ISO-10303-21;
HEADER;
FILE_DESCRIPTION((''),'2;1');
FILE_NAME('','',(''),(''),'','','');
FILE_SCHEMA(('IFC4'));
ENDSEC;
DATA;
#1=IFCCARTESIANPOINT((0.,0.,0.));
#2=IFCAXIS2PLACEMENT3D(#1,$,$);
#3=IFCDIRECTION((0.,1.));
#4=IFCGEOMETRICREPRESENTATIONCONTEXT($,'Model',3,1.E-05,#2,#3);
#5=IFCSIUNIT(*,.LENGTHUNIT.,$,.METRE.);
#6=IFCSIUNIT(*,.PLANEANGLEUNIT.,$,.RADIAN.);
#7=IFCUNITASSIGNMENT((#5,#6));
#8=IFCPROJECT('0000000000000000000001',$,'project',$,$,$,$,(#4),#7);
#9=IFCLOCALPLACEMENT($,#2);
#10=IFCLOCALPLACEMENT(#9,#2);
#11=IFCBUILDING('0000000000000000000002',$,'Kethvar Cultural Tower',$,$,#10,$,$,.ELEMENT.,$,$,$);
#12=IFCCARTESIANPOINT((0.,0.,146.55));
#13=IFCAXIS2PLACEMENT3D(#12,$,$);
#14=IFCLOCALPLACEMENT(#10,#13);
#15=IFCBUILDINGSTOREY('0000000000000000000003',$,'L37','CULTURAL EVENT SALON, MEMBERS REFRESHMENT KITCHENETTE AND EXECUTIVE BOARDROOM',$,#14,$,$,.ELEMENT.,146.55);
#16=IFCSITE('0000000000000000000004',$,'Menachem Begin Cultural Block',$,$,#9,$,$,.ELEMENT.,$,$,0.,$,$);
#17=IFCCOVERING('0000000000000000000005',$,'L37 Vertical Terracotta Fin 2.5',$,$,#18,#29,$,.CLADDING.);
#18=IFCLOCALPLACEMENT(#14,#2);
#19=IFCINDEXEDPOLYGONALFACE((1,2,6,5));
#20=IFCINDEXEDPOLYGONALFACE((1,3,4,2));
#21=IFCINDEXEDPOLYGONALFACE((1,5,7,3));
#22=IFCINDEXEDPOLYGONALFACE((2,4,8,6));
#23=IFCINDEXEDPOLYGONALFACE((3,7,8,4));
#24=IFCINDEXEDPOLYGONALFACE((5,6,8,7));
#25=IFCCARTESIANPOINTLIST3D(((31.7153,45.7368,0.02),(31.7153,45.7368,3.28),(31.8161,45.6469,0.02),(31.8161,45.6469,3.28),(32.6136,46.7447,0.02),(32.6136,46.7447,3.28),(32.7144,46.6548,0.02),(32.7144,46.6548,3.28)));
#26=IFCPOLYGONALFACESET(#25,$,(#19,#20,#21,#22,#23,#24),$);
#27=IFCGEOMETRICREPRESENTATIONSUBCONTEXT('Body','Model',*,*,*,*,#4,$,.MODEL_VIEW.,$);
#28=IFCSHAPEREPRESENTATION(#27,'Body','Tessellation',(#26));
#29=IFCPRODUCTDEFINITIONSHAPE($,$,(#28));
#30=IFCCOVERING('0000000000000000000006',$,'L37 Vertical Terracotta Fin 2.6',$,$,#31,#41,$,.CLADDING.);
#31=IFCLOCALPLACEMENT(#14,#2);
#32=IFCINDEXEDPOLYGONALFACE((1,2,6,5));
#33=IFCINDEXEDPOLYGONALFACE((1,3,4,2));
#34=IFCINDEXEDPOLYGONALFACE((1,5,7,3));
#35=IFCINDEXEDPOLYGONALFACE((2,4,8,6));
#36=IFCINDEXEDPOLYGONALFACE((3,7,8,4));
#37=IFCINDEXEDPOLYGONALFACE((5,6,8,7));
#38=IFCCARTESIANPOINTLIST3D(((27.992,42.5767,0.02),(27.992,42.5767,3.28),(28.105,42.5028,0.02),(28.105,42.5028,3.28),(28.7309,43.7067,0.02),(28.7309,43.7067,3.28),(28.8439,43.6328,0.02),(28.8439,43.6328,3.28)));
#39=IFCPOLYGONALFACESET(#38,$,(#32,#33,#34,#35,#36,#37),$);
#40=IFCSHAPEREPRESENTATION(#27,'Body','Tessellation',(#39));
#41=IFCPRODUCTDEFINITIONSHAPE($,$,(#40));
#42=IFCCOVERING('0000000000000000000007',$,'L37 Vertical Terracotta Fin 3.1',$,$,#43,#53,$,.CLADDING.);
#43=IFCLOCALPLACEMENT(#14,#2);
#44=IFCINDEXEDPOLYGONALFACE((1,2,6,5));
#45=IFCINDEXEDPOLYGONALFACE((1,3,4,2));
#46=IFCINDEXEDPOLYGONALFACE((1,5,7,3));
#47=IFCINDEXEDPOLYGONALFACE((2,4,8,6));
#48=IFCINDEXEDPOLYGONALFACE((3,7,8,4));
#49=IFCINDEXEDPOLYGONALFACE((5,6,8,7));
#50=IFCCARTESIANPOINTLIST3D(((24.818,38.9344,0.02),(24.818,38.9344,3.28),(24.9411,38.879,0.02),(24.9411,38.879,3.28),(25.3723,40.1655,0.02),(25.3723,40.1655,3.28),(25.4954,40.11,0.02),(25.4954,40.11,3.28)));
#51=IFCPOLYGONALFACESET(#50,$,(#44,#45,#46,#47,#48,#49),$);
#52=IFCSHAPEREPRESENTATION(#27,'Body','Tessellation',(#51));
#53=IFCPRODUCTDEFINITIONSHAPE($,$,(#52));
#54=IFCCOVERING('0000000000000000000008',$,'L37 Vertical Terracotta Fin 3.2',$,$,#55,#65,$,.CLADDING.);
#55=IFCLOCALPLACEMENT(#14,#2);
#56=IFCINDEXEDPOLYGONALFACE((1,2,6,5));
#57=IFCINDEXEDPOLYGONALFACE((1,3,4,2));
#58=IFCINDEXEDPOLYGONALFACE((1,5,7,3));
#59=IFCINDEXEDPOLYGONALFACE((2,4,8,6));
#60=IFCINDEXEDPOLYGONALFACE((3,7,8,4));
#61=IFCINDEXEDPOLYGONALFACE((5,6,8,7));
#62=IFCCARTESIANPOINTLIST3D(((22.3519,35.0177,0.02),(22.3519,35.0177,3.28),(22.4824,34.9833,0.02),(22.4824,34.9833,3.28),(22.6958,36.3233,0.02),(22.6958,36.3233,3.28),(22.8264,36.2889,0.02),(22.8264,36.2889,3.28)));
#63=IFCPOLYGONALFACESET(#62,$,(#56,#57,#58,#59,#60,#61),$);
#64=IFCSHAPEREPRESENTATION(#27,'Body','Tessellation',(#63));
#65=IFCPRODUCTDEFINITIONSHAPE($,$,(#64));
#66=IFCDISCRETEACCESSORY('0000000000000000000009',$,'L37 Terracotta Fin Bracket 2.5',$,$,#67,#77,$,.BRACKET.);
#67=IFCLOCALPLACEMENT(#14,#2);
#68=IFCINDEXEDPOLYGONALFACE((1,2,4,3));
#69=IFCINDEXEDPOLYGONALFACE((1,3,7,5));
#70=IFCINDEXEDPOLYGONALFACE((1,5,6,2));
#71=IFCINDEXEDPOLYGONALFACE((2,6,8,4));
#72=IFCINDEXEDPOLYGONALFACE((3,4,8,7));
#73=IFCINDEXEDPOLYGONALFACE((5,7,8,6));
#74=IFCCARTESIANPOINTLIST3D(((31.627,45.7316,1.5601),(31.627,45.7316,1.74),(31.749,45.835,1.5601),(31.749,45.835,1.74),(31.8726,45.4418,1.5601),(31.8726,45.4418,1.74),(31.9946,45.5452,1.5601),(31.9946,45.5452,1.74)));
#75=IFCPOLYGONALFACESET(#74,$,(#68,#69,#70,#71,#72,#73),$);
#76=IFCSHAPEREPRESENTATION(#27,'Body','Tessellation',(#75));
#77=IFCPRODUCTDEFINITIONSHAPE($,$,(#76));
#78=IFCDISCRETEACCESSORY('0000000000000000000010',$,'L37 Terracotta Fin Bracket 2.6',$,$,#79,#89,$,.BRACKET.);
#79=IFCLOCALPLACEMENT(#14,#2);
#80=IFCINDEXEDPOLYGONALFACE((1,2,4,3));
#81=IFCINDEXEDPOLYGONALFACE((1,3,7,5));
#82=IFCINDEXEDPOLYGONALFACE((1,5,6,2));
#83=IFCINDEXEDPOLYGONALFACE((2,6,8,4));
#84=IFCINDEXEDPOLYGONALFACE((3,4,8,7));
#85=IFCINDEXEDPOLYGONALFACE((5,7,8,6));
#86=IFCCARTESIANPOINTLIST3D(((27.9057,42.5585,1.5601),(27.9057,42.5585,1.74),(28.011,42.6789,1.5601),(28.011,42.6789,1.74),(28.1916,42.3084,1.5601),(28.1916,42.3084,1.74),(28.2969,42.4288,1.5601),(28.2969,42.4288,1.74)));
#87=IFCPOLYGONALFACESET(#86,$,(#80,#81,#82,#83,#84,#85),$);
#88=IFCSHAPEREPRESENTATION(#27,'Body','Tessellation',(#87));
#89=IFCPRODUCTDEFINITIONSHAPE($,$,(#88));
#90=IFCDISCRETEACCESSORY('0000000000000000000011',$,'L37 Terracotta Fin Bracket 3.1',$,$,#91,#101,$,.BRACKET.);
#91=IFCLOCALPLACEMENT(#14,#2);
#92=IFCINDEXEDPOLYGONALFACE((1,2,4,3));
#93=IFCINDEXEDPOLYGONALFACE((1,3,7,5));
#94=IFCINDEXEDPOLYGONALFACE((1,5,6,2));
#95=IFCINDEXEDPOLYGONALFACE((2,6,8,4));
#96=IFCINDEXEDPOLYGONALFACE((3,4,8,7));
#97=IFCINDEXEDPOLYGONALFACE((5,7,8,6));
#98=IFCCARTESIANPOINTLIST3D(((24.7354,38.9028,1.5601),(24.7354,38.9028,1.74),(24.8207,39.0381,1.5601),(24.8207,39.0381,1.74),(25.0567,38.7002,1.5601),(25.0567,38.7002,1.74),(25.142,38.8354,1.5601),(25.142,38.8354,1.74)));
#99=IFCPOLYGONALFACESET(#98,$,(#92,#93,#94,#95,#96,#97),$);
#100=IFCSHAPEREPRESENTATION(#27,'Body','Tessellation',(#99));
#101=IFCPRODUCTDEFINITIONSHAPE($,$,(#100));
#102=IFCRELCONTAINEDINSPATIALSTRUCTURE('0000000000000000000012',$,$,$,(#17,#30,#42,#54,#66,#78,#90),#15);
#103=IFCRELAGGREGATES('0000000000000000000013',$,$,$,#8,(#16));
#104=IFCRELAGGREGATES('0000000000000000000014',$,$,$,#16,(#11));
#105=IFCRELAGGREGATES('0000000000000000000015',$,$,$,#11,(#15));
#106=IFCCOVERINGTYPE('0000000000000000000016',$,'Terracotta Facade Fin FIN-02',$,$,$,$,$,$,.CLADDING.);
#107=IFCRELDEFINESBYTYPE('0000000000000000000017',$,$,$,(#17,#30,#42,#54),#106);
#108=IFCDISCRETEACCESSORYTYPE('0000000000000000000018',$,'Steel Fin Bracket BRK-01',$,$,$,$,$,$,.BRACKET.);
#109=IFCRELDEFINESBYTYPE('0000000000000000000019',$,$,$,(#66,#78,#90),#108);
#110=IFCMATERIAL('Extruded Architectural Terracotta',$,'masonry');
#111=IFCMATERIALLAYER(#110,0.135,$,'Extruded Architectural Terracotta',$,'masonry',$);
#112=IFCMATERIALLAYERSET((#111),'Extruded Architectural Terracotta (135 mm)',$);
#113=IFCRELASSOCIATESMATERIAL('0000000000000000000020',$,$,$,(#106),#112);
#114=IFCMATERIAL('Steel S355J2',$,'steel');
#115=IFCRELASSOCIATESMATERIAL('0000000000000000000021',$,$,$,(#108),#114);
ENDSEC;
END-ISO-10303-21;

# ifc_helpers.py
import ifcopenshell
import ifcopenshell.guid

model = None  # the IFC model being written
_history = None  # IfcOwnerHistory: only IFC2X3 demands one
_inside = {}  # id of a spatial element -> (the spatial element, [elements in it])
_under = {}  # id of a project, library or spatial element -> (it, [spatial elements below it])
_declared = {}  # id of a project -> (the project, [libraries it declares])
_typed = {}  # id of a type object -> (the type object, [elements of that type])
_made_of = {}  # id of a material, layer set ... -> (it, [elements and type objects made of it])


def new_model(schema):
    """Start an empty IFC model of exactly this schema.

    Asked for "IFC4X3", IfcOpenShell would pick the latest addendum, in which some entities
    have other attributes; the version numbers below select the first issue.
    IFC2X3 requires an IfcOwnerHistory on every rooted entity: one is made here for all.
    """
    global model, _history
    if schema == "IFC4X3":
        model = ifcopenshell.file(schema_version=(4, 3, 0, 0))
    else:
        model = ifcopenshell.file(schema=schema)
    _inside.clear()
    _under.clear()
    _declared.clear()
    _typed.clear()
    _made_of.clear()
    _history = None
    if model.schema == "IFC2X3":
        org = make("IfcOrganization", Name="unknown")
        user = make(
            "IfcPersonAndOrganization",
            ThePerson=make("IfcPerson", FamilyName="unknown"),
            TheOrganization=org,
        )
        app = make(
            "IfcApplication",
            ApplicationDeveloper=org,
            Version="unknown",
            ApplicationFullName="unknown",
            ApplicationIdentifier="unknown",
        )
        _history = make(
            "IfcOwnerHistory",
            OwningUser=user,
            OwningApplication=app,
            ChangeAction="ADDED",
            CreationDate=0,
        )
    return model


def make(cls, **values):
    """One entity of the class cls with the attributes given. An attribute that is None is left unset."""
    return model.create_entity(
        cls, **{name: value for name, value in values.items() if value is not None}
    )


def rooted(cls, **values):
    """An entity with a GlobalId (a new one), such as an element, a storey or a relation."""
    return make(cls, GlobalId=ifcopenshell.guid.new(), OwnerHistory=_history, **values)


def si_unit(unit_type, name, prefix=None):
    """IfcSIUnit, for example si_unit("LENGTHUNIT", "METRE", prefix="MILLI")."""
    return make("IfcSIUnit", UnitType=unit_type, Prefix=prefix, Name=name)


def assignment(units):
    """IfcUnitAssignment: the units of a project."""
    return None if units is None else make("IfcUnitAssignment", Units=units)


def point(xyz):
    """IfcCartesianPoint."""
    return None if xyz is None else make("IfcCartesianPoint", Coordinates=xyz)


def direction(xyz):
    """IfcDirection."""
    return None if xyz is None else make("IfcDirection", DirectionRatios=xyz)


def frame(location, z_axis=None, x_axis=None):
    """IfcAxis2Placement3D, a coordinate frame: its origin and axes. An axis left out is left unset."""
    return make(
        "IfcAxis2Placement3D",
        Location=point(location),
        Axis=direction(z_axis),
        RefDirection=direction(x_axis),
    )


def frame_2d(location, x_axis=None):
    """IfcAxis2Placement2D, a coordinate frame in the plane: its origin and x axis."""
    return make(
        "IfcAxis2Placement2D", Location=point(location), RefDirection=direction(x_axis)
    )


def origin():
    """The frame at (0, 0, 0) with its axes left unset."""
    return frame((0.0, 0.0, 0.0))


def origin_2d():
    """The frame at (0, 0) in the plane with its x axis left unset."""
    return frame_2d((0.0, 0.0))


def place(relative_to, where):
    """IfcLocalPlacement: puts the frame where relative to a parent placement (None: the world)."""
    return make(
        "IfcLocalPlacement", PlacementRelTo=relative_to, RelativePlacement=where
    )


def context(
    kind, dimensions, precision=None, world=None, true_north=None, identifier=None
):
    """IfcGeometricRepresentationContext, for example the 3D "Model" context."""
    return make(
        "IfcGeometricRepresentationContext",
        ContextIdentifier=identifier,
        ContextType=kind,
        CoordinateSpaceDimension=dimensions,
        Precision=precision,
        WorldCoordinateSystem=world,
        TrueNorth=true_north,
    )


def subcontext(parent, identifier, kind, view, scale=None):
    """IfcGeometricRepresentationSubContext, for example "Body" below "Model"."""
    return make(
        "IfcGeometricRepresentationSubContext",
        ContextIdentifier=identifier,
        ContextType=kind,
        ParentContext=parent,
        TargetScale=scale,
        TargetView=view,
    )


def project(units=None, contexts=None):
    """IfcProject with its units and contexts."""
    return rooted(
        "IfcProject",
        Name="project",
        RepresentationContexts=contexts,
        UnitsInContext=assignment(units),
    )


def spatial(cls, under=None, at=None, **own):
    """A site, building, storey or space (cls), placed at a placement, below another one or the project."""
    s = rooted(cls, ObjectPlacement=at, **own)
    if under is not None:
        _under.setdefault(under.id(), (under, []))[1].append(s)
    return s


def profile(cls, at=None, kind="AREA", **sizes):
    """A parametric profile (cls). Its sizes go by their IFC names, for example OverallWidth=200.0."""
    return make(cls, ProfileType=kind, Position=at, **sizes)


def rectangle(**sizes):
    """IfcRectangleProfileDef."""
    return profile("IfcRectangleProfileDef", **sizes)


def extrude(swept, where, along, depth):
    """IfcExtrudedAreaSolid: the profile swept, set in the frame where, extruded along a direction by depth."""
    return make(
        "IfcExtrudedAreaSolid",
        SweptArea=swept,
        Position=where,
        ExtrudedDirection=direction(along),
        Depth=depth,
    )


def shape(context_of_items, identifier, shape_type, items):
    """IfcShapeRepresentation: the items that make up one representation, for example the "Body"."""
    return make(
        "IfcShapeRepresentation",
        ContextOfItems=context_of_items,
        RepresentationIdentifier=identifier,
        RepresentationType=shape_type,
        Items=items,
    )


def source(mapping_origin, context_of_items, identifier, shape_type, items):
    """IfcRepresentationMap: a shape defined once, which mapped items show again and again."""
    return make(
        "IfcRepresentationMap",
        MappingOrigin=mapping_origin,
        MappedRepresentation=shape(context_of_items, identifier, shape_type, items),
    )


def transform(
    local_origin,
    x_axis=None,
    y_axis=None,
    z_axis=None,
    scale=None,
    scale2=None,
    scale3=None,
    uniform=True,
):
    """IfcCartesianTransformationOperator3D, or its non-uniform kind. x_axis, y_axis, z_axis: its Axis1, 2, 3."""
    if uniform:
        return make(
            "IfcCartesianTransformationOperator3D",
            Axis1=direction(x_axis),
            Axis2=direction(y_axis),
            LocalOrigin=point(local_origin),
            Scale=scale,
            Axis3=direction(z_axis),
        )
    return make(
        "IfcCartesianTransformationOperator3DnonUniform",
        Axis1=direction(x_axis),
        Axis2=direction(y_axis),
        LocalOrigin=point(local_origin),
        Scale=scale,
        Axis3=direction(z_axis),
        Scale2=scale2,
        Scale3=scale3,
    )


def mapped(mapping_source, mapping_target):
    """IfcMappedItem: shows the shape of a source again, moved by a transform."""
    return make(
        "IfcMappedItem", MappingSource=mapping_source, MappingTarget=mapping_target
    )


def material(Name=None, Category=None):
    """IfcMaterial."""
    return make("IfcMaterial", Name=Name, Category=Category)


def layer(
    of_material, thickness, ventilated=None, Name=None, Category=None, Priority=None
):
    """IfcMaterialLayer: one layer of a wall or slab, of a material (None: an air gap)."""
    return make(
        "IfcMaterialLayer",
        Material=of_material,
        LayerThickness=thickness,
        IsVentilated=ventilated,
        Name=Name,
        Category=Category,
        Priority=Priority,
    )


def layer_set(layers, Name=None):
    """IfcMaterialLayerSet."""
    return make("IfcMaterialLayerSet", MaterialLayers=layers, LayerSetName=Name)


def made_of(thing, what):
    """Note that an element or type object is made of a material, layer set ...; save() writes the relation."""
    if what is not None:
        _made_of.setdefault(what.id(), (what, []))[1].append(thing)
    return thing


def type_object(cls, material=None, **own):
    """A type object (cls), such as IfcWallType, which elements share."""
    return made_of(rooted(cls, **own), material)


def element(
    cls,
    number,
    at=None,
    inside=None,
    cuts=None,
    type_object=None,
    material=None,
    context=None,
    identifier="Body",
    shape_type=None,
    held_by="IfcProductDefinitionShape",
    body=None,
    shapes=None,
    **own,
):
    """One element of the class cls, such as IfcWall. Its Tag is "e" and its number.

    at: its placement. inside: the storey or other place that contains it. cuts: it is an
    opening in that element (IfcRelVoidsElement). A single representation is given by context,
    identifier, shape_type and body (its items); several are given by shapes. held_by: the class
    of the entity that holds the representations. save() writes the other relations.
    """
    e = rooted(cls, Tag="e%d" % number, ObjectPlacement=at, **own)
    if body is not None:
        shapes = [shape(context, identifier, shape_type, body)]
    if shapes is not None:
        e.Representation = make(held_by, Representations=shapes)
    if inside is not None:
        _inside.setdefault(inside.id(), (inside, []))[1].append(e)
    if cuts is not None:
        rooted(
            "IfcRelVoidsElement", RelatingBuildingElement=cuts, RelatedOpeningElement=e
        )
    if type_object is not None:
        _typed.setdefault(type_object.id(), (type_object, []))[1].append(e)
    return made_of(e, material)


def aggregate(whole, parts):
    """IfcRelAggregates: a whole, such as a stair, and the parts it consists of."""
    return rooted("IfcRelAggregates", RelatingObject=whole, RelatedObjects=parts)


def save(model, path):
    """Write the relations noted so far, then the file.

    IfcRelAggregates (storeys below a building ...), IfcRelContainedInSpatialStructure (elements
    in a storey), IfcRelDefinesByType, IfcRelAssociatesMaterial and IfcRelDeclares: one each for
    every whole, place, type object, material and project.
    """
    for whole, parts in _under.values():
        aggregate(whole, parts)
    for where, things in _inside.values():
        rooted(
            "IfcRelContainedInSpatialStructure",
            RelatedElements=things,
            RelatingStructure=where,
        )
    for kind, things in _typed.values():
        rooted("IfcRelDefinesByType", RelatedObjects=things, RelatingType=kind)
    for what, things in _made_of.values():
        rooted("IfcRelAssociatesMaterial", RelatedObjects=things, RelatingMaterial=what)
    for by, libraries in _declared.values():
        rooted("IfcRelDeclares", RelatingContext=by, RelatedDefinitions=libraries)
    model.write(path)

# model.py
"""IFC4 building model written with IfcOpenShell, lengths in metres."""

from ifc_helpers import new_model, si_unit, direction, frame, origin, origin_2d, place, context, subcontext, project, spatial, rectangle, extrude, source, transform, mapped, material, layer, layer_set, type_object, element, save


model = new_model("IFC4")

# Units and contexts
model_context = context("Model", 3, precision=1e-05, world=origin(), true_north=direction((0.0, 1.0)))
body_context = subcontext(model_context, "Body", "Model", "MODEL_VIEW")
ifc_project = project(units=[si_unit("LENGTHUNIT", "METRE"), si_unit("PLANEANGLEUNIT", "RADIAN")], contexts=[model_context])

# Site, building, storey
site_placement = place(None, origin())
site = spatial("IfcSite", under=ifc_project, at=site_placement, Name="Menachem Begin Cultural Block", CompositionType="ELEMENT", RefElevation=0.0)
building_placement = place(site_placement, origin())
building = spatial("IfcBuilding", under=site, at=building_placement, Name="Kethvar Cultural Tower", CompositionType="ELEMENT")
storey_placement = place(building_placement, frame((0.0, 0.0, 146.55)))
storey = spatial("IfcBuildingStorey", under=building, at=storey_placement, Name="L37", Description="CULTURAL EVENT SALON, MEMBERS REFRESHMENT KITCHENETTE AND EXECUTIVE BOARDROOM", CompositionType="ELEMENT", Elevation=146.55)

# Shared definitions
ifc_material_1 = material(Name="Steel S355J2", Category="steel")

# Coverings
ifc_material_2 = material(Name="Extruded Architectural Terracotta", Category="masonry")
ifc_layer_1 = layer(ifc_material_2, 0.135, Name="Extruded Architectural Terracotta", Category="masonry")
ifc_layer_set_1 = layer_set([ifc_layer_1], Name="Extruded Architectural Terracotta (135 mm)")
covering_type = type_object("IfcCoveringType", Name="Terracotta Facade Fin FIN-02", PredefinedType="CLADDING", material=ifc_layer_set_1)
shared_shape_1 = source(origin(), body_context, "Body", "SweptSolid", [
    extrude(rectangle(XDim=1.3501, YDim=0.135, at=origin_2d()), origin(), (0.0, 0.0, 1.0), 3.26),
])
for number, where, z_axis, x_axis, name in (
    (1, (32.2148, 46.1958, 0.02), (0.0, 0.0, 1.0), (0.665361, 0.746522, 0.0), "L37 Vertical Terracotta Fin 2.5"),
    (2, (28.418, 43.1047, 0.02), (0.0, 0.0, 1.0), (0.547271, 0.836955, 0.0), "L37 Vertical Terracotta Fin 2.6"),
    (3, (25.1567, 39.5222, 0.02), (0.0, 0.0, 1.0), (0.41056, 0.911834, 0.0), "L37 Vertical Terracotta Fin 3.1"),
    (4, (22.5891, 35.6533, 0.02), (0.0, 0.0, 1.0), (0.254771, 0.967001, 0.0), "L37 Vertical Terracotta Fin 3.2"),
):
    element("IfcCovering", number, at=place(storey_placement, frame(where, z_axis=z_axis, x_axis=x_axis)), inside=storey, type_object=covering_type, Name=name, PredefinedType="CLADDING", context=body_context, shape_type="MappedRepresentation", body=[
        mapped(shared_shape_1, transform((0.0, 0.0, 0.0), scale=1.0)),
    ])

# Discrete accessories
discrete_accessory_type = type_object("IfcDiscreteAccessoryType", Name="Steel Fin Bracket BRK-01", PredefinedType="BRACKET", material=ifc_material_1)
shared_shape_2 = source(origin(), body_context, "Body", "SweptSolid", [
    extrude(rectangle(XDim=0.3799, YDim=0.1599, at=origin_2d()), origin(), (0.0, 0.0, 1.0), 0.1799),
])
for number, where, z_axis, x_axis, name in (
    (5, (31.8108, 45.6384, 1.5601), (0.0, 0.0, 1.0), (-0.646657, 0.762781, 0.0), "L37 Terracotta Fin Bracket 2.5"),
    (6, (28.1013, 42.4937, 1.5601), (0.0, 0.0, 1.0), (-0.752645, 0.658427, 0.0), "L37 Terracotta Fin Bracket 2.6"),
    (7, (24.9387, 38.8691, 1.5601), (0.0, 0.0, 1.0), (-0.845821, 0.533467, 0.0), "L37 Terracotta Fin Bracket 3.1"),
):
    element("IfcDiscreteAccessory", number, at=place(storey_placement, frame(where, z_axis=z_axis, x_axis=x_axis)), inside=storey, type_object=discrete_accessory_type, Name=name, PredefinedType="BRACKET", context=body_context, shape_type="MappedRepresentation", body=[
        mapped(shared_shape_2, transform((0.0, 0.0, 0.0), scale=1.0)),
    ])

save(model, "model.ifc")
